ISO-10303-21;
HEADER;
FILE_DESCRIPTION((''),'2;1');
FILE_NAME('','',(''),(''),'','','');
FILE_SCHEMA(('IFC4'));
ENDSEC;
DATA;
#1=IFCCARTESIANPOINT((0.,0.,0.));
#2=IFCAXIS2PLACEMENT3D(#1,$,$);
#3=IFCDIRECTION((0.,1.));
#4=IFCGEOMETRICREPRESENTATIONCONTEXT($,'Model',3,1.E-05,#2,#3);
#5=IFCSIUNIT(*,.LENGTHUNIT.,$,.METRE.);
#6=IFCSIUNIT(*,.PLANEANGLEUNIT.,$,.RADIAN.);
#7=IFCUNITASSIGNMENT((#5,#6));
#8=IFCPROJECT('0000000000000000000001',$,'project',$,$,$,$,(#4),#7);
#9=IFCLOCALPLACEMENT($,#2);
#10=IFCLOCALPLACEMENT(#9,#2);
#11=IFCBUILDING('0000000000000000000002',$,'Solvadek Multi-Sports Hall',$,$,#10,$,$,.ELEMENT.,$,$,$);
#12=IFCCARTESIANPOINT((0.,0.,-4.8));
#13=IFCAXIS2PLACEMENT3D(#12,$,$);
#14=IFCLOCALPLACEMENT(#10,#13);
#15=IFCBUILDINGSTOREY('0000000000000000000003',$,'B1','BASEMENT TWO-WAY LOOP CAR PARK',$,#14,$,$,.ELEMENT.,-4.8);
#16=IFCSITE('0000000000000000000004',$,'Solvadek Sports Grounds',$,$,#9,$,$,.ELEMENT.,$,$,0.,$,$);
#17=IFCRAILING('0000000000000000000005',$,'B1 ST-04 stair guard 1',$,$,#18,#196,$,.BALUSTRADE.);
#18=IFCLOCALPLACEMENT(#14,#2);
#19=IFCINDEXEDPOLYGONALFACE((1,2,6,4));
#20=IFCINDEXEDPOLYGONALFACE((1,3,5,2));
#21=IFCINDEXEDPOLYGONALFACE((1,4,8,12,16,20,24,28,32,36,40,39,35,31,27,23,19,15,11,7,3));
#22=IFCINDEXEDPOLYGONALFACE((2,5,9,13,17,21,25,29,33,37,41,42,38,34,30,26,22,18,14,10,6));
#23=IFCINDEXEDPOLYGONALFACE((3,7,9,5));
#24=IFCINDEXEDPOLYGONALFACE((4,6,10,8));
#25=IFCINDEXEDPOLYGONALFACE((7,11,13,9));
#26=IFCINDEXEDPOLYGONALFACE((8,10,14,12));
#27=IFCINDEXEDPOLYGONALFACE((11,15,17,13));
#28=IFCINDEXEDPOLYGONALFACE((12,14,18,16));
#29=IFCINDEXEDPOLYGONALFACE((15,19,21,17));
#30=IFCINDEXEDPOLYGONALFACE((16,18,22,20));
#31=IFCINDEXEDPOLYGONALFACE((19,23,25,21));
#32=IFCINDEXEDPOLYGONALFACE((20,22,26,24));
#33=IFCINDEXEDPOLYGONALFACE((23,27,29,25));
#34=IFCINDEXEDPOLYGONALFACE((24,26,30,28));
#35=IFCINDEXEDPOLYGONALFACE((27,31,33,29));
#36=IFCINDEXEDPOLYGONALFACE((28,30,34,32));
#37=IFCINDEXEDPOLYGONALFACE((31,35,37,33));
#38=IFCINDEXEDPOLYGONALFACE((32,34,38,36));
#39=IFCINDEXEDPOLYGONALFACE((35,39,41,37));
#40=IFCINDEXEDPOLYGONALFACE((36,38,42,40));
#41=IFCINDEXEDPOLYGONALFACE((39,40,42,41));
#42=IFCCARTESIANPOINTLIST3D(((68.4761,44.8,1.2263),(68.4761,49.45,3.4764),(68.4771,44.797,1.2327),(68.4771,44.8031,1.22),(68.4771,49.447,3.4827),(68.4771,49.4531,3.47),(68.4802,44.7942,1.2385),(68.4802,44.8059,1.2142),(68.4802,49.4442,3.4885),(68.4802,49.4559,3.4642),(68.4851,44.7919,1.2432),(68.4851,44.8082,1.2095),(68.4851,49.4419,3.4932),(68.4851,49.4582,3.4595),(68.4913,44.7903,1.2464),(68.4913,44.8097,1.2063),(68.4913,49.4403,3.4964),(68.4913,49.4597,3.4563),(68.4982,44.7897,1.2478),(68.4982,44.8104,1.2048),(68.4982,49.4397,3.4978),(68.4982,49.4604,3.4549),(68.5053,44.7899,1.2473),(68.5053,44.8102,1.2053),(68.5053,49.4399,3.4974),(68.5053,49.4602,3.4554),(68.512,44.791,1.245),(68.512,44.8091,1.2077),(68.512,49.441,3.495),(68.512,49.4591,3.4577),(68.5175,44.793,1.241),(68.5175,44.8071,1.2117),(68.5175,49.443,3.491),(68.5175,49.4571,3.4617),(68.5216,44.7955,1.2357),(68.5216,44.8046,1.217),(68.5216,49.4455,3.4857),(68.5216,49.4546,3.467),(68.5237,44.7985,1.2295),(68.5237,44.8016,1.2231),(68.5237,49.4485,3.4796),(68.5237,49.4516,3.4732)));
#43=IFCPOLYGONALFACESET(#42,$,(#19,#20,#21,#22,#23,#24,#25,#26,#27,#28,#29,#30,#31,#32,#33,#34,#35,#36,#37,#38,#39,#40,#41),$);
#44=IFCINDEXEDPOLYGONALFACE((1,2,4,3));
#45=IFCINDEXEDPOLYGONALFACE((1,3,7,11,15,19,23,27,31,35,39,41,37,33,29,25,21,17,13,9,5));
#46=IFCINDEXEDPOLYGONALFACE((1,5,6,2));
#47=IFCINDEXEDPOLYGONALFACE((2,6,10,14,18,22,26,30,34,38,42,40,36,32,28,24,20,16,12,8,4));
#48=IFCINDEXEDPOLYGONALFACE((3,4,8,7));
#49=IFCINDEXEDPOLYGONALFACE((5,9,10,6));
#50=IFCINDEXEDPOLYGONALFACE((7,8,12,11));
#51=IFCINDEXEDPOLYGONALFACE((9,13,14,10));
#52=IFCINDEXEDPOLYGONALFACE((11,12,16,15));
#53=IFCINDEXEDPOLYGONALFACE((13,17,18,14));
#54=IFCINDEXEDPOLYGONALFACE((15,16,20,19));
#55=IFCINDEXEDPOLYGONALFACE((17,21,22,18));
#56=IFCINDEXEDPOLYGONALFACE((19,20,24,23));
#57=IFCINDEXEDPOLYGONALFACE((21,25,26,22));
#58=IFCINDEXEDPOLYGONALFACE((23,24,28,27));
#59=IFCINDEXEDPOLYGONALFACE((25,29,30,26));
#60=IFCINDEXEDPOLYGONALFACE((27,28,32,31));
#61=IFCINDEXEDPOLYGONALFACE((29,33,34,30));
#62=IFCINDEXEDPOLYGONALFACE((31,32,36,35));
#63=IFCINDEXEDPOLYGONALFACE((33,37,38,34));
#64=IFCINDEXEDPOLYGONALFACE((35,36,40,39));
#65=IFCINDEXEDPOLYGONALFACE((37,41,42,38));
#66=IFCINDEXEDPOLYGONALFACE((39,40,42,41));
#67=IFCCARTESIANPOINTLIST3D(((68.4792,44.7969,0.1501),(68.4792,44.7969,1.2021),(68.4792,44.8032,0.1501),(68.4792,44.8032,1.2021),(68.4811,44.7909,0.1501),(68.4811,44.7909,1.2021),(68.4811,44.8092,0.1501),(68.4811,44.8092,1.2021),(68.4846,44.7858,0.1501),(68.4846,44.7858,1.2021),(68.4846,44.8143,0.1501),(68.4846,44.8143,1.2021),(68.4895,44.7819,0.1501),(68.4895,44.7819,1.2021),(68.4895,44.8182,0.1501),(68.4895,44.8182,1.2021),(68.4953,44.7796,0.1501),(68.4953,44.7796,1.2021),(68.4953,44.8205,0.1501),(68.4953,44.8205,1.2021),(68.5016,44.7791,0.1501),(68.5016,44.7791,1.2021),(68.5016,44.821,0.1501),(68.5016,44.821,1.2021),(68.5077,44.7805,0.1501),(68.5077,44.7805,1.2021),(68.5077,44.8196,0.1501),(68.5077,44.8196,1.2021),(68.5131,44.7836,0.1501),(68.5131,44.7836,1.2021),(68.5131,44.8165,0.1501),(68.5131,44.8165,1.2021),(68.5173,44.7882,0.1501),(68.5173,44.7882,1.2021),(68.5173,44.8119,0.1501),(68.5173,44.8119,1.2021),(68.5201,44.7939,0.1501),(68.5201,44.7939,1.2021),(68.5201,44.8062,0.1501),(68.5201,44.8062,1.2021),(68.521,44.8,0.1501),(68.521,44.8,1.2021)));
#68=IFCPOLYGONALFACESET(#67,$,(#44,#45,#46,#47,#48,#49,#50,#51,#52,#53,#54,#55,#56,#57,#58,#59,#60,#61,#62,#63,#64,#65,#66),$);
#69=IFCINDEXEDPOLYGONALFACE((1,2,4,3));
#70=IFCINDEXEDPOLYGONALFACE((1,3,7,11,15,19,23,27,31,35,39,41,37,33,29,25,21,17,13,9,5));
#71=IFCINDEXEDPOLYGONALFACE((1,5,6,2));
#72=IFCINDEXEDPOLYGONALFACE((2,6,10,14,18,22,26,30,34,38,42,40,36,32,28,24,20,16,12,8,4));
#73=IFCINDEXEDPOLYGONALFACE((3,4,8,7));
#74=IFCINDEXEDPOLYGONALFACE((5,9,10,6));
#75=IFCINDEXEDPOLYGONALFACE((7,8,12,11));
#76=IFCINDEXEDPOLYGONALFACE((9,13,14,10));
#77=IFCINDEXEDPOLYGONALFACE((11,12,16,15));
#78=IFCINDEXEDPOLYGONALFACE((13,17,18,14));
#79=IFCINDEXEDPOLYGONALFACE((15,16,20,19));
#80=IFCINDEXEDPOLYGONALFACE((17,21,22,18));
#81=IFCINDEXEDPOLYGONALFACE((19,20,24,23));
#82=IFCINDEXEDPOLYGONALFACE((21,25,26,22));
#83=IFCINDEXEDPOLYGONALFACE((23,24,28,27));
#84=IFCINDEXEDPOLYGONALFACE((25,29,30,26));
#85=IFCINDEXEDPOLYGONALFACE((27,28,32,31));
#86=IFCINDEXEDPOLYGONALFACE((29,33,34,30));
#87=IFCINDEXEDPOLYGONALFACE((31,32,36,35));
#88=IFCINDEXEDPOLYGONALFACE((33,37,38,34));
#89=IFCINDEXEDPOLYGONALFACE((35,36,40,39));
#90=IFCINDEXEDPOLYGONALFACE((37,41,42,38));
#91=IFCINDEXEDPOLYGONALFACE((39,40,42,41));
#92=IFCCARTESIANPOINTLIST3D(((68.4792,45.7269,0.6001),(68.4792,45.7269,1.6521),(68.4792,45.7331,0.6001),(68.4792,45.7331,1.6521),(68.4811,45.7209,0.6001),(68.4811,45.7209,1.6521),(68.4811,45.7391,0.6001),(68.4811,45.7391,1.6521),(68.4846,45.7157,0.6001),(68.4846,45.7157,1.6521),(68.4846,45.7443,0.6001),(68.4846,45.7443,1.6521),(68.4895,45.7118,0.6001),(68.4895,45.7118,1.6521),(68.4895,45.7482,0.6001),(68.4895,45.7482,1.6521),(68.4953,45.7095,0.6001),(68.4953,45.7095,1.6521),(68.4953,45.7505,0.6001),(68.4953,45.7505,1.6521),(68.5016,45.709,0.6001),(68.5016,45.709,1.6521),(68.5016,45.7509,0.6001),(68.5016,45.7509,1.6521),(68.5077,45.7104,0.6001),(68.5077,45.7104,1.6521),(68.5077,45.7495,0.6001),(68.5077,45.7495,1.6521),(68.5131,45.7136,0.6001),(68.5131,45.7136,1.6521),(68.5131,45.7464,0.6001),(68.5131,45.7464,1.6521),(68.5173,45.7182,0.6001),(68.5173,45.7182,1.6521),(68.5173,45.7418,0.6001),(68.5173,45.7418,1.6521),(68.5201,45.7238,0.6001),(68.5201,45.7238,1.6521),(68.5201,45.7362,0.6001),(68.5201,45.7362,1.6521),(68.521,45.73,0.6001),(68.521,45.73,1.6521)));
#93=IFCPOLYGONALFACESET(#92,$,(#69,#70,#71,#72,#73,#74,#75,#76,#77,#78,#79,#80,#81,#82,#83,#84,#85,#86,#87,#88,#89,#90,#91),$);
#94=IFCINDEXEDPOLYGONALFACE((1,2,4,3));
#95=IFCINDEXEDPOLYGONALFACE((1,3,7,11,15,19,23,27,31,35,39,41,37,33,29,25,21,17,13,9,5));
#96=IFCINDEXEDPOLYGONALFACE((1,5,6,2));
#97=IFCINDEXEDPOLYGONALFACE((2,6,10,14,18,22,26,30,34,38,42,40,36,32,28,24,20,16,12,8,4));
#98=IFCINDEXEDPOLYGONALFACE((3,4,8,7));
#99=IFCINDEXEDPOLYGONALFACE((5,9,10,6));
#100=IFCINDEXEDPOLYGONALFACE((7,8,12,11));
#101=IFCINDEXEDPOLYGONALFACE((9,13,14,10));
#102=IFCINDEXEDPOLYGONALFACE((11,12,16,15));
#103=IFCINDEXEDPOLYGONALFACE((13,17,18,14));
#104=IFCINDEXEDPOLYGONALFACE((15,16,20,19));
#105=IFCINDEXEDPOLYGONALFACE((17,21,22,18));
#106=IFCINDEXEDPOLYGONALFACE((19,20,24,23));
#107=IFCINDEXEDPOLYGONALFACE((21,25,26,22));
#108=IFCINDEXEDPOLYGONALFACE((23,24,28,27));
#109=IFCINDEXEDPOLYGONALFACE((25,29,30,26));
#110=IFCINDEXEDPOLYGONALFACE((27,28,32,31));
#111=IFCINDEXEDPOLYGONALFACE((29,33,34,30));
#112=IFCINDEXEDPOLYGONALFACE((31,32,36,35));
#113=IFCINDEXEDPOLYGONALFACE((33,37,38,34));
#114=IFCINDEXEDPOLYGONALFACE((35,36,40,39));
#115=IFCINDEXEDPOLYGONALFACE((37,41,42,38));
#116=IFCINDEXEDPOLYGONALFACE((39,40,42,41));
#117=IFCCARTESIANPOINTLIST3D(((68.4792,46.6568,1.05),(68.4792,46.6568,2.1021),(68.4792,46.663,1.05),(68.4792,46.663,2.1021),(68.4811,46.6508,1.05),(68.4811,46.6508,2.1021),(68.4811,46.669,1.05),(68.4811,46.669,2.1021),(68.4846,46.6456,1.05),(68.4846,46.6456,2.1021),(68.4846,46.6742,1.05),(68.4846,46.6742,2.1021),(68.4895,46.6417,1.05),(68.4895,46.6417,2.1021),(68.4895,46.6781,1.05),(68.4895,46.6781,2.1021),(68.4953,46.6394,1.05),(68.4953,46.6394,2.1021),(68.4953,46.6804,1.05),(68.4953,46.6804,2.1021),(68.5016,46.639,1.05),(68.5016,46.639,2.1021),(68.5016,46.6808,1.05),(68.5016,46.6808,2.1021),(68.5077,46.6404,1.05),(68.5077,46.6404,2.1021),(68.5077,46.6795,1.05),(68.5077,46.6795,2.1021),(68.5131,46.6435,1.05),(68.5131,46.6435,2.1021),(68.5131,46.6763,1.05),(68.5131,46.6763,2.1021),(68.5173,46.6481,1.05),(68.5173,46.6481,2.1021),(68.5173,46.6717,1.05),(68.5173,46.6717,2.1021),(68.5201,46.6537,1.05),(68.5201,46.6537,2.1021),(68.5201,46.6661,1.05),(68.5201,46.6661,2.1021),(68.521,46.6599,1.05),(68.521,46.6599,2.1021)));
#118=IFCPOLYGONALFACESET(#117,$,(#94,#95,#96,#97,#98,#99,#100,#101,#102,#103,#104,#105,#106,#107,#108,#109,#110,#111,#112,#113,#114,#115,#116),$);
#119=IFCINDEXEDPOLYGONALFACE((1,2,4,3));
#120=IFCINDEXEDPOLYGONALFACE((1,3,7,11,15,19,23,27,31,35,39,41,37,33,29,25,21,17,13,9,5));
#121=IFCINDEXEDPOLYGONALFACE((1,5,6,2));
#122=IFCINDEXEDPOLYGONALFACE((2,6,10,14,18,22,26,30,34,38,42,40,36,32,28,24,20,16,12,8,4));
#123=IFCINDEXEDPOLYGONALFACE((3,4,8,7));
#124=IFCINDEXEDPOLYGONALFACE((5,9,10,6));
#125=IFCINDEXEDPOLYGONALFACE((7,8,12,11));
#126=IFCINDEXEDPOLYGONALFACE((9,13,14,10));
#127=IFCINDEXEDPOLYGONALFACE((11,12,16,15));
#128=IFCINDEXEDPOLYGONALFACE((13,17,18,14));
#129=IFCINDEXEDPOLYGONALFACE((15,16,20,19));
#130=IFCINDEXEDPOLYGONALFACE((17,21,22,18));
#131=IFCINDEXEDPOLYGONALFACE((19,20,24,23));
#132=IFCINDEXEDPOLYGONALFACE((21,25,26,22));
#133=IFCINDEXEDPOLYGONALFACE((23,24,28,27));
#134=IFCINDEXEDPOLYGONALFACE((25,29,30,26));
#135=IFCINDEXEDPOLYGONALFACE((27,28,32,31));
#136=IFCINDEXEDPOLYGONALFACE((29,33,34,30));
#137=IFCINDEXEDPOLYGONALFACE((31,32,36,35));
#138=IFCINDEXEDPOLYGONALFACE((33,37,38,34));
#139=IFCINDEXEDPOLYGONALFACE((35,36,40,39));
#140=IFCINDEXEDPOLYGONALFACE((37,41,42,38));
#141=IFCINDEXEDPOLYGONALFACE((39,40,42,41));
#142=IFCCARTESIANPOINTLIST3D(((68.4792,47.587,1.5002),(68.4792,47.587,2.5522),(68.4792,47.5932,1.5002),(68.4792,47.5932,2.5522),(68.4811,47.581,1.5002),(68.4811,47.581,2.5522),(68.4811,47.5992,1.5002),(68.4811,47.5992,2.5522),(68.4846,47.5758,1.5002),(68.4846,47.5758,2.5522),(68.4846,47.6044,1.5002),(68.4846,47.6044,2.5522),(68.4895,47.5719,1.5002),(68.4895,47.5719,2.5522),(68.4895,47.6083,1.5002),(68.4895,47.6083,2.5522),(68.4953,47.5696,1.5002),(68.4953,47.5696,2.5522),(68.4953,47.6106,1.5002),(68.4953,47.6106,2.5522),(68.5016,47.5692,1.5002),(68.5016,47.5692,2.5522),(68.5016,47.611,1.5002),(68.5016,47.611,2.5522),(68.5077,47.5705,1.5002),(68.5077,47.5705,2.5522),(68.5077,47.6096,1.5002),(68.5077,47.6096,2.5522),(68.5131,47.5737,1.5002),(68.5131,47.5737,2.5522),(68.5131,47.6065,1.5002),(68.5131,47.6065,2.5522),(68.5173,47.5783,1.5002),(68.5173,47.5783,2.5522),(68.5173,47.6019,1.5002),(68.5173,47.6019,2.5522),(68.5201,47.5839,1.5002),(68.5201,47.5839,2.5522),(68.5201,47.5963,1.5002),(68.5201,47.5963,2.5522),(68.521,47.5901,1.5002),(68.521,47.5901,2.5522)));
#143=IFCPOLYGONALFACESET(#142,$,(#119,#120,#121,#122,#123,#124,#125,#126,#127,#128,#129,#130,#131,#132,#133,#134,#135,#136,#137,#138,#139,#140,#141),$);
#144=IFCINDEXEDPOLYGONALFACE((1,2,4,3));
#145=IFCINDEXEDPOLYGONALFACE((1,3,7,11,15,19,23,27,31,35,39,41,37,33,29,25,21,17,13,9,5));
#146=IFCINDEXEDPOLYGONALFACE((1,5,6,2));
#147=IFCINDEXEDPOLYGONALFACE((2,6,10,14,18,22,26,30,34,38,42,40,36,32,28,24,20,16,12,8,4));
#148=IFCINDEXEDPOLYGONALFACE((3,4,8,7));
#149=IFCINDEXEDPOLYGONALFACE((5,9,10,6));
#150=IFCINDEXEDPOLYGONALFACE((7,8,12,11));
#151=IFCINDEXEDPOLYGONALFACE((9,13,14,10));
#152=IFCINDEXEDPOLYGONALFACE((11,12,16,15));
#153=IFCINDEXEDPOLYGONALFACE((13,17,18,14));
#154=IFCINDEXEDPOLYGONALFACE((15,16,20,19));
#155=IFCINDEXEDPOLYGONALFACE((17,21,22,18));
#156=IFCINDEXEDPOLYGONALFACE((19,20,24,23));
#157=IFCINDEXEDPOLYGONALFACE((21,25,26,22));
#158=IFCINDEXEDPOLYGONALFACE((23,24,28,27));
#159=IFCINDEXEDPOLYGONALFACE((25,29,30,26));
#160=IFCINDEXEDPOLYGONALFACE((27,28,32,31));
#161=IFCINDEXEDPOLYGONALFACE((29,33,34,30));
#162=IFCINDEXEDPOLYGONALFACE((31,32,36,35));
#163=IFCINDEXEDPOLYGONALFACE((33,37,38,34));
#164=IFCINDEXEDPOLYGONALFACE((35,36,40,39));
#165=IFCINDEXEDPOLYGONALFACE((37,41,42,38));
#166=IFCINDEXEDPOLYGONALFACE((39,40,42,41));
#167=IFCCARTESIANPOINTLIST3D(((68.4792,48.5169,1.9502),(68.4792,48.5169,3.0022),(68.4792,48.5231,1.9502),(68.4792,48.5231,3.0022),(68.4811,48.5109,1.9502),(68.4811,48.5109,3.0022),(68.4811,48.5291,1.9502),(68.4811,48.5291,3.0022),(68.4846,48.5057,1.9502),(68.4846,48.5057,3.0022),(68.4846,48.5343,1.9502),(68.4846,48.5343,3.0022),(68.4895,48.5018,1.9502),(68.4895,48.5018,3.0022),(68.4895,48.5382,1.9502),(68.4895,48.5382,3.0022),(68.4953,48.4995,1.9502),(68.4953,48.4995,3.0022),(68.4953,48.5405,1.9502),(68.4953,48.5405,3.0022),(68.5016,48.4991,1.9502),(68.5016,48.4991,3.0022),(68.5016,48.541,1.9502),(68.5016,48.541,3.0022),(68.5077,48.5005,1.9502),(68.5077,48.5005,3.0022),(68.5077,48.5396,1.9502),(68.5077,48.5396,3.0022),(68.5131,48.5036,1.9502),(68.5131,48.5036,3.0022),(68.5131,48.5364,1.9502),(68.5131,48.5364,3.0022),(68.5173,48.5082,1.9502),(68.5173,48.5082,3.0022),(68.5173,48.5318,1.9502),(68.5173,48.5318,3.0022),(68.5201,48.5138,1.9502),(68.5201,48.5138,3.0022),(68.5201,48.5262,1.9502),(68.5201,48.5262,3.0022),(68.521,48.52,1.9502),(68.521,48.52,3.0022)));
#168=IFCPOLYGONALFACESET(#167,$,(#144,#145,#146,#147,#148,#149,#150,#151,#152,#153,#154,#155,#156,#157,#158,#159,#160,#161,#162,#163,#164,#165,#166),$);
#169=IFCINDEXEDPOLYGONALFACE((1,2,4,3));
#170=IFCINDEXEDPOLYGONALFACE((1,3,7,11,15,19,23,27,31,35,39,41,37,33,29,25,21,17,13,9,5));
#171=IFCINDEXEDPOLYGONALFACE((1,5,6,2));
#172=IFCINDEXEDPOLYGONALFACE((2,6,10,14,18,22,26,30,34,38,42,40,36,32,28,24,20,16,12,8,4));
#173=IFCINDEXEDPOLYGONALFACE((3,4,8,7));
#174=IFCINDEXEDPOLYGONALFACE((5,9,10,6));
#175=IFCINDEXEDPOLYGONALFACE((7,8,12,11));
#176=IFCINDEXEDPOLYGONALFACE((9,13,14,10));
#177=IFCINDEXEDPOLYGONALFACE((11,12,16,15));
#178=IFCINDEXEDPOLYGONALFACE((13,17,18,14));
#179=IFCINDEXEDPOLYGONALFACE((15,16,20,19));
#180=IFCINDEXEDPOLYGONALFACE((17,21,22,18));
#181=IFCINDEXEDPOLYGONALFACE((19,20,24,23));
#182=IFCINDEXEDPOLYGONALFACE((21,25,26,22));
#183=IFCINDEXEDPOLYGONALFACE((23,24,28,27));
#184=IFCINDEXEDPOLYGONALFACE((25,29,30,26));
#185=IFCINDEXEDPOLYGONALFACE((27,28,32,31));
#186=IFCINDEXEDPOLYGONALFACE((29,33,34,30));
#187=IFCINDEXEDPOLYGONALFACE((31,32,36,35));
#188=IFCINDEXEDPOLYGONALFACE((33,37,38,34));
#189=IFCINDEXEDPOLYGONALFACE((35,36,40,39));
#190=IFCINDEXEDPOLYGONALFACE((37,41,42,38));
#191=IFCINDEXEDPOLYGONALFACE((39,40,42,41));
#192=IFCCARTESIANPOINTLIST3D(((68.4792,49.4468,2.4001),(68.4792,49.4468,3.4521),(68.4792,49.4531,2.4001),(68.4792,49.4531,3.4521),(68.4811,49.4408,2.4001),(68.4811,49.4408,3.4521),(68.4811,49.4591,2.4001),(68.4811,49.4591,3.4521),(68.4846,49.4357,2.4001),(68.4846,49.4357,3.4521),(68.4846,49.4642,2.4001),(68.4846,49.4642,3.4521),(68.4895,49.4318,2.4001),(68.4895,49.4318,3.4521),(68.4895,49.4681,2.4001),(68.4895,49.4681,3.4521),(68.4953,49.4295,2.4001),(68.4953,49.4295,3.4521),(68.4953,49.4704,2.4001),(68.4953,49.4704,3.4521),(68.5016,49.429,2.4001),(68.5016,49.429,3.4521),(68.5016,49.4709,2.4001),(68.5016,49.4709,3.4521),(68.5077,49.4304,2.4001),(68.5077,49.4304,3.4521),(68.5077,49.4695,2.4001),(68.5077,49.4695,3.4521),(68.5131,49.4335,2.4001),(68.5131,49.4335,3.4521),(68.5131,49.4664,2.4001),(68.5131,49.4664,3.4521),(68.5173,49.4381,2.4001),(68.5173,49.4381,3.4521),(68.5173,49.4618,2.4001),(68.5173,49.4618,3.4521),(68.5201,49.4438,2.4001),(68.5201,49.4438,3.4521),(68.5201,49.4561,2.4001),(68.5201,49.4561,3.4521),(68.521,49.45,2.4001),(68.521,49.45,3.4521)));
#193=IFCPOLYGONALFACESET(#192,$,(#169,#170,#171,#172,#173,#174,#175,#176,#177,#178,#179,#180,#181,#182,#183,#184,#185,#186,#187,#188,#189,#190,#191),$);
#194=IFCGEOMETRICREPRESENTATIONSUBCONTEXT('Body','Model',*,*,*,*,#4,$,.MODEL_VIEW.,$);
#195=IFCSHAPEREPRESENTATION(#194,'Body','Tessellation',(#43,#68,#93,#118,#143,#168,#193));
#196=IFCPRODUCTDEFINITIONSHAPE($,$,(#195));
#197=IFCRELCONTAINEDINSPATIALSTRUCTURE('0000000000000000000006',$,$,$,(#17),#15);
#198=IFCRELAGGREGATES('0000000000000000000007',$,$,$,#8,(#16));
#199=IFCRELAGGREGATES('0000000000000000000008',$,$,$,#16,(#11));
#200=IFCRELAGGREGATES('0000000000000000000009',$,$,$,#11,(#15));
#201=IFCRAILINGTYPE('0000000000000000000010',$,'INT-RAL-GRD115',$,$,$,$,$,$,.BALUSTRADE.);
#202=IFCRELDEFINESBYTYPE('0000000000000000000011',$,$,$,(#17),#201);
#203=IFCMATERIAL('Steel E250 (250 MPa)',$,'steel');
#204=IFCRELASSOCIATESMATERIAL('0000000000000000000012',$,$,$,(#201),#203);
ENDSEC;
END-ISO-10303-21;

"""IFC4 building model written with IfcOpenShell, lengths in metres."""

from ifc_helpers import new_model, si_unit, direction, frame, origin, origin_2d, place, context, subcontext, project, spatial, circle, extrude, material, type_object, element, save


model = new_model("IFC4")

# Units and contexts
model_context = context("Model", 3, precision=1e-05, world=origin(), true_north=direction((0.0, 1.0)))
body_context = subcontext(model_context, "Body", "Model", "MODEL_VIEW")
ifc_project = project(units=[si_unit("LENGTHUNIT", "METRE"), si_unit("PLANEANGLEUNIT", "RADIAN")], contexts=[model_context])

# Site, building, storey
site_placement = place(None, origin())
site = spatial("IfcSite", under=ifc_project, at=site_placement, Name="Solvadek Sports Grounds", CompositionType="ELEMENT", RefElevation=0.0)
building_placement = place(site_placement, origin())
building = spatial("IfcBuilding", under=site, at=building_placement, Name="Solvadek Multi-Sports Hall", CompositionType="ELEMENT")
storey_placement = place(building_placement, frame((0.0, 0.0, -4.8)))
storey = spatial("IfcBuildingStorey", under=building, at=storey_placement, Name="B1", Description="BASEMENT TWO-WAY LOOP CAR PARK", CompositionType="ELEMENT", Elevation=-4.8)

# Shared definitions
ifc_material_1 = material(Name="Steel E250 (250 MPa)", Category="steel")

# Railing
railing_type_1 = type_object("IfcRailingType", Name="INT-RAL-GRD115", PredefinedType="BALUSTRADE", material=ifc_material_1)
railing_1_placement = place(storey_placement, frame((68.5, 44.8, 0.1501)))
element("IfcRailing", 1, at=railing_1_placement, inside=storey, type_object=railing_type_1, Name="B1 ST-04 stair guard 1", PredefinedType="BALUSTRADE", context=body_context, shape_type="SweptSolid", body=[
    extrude(circle(Radius=0.0239, at=origin_2d()), frame((0.0, 0.0, 1.0762), z_axis=(0.0, 0.900156, 0.435568), x_axis=(-1.0, 0.0, 0.0)), (0.0, 0.0, 1.0), 5.1658),
    extrude(circle(Radius=0.021, at=origin_2d()), origin(), (0.0, 0.0, 1.0), 1.052),
    extrude(circle(Radius=0.021, at=origin_2d()), frame((0.0, 0.9299, 0.45)), (0.0, 0.0, 1.0), 1.052),
    extrude(circle(Radius=0.021, at=origin_2d()), frame((0.0, 1.8599, 0.8999)), (0.0, 0.0, 1.0), 1.052),
    extrude(circle(Radius=0.021, at=origin_2d()), frame((0.0, 2.79, 1.3501)), (0.0, 0.0, 1.0), 1.052),
    extrude(circle(Radius=0.021, at=origin_2d()), frame((0.0, 3.72, 1.8)), (0.0, 0.0, 1.0), 1.052),
    extrude(circle(Radius=0.021, at=origin_2d()), frame((0.0, 4.6499, 2.25)), (0.0, 0.0, 1.0), 1.052),
])

save(model, "model.ifc")
